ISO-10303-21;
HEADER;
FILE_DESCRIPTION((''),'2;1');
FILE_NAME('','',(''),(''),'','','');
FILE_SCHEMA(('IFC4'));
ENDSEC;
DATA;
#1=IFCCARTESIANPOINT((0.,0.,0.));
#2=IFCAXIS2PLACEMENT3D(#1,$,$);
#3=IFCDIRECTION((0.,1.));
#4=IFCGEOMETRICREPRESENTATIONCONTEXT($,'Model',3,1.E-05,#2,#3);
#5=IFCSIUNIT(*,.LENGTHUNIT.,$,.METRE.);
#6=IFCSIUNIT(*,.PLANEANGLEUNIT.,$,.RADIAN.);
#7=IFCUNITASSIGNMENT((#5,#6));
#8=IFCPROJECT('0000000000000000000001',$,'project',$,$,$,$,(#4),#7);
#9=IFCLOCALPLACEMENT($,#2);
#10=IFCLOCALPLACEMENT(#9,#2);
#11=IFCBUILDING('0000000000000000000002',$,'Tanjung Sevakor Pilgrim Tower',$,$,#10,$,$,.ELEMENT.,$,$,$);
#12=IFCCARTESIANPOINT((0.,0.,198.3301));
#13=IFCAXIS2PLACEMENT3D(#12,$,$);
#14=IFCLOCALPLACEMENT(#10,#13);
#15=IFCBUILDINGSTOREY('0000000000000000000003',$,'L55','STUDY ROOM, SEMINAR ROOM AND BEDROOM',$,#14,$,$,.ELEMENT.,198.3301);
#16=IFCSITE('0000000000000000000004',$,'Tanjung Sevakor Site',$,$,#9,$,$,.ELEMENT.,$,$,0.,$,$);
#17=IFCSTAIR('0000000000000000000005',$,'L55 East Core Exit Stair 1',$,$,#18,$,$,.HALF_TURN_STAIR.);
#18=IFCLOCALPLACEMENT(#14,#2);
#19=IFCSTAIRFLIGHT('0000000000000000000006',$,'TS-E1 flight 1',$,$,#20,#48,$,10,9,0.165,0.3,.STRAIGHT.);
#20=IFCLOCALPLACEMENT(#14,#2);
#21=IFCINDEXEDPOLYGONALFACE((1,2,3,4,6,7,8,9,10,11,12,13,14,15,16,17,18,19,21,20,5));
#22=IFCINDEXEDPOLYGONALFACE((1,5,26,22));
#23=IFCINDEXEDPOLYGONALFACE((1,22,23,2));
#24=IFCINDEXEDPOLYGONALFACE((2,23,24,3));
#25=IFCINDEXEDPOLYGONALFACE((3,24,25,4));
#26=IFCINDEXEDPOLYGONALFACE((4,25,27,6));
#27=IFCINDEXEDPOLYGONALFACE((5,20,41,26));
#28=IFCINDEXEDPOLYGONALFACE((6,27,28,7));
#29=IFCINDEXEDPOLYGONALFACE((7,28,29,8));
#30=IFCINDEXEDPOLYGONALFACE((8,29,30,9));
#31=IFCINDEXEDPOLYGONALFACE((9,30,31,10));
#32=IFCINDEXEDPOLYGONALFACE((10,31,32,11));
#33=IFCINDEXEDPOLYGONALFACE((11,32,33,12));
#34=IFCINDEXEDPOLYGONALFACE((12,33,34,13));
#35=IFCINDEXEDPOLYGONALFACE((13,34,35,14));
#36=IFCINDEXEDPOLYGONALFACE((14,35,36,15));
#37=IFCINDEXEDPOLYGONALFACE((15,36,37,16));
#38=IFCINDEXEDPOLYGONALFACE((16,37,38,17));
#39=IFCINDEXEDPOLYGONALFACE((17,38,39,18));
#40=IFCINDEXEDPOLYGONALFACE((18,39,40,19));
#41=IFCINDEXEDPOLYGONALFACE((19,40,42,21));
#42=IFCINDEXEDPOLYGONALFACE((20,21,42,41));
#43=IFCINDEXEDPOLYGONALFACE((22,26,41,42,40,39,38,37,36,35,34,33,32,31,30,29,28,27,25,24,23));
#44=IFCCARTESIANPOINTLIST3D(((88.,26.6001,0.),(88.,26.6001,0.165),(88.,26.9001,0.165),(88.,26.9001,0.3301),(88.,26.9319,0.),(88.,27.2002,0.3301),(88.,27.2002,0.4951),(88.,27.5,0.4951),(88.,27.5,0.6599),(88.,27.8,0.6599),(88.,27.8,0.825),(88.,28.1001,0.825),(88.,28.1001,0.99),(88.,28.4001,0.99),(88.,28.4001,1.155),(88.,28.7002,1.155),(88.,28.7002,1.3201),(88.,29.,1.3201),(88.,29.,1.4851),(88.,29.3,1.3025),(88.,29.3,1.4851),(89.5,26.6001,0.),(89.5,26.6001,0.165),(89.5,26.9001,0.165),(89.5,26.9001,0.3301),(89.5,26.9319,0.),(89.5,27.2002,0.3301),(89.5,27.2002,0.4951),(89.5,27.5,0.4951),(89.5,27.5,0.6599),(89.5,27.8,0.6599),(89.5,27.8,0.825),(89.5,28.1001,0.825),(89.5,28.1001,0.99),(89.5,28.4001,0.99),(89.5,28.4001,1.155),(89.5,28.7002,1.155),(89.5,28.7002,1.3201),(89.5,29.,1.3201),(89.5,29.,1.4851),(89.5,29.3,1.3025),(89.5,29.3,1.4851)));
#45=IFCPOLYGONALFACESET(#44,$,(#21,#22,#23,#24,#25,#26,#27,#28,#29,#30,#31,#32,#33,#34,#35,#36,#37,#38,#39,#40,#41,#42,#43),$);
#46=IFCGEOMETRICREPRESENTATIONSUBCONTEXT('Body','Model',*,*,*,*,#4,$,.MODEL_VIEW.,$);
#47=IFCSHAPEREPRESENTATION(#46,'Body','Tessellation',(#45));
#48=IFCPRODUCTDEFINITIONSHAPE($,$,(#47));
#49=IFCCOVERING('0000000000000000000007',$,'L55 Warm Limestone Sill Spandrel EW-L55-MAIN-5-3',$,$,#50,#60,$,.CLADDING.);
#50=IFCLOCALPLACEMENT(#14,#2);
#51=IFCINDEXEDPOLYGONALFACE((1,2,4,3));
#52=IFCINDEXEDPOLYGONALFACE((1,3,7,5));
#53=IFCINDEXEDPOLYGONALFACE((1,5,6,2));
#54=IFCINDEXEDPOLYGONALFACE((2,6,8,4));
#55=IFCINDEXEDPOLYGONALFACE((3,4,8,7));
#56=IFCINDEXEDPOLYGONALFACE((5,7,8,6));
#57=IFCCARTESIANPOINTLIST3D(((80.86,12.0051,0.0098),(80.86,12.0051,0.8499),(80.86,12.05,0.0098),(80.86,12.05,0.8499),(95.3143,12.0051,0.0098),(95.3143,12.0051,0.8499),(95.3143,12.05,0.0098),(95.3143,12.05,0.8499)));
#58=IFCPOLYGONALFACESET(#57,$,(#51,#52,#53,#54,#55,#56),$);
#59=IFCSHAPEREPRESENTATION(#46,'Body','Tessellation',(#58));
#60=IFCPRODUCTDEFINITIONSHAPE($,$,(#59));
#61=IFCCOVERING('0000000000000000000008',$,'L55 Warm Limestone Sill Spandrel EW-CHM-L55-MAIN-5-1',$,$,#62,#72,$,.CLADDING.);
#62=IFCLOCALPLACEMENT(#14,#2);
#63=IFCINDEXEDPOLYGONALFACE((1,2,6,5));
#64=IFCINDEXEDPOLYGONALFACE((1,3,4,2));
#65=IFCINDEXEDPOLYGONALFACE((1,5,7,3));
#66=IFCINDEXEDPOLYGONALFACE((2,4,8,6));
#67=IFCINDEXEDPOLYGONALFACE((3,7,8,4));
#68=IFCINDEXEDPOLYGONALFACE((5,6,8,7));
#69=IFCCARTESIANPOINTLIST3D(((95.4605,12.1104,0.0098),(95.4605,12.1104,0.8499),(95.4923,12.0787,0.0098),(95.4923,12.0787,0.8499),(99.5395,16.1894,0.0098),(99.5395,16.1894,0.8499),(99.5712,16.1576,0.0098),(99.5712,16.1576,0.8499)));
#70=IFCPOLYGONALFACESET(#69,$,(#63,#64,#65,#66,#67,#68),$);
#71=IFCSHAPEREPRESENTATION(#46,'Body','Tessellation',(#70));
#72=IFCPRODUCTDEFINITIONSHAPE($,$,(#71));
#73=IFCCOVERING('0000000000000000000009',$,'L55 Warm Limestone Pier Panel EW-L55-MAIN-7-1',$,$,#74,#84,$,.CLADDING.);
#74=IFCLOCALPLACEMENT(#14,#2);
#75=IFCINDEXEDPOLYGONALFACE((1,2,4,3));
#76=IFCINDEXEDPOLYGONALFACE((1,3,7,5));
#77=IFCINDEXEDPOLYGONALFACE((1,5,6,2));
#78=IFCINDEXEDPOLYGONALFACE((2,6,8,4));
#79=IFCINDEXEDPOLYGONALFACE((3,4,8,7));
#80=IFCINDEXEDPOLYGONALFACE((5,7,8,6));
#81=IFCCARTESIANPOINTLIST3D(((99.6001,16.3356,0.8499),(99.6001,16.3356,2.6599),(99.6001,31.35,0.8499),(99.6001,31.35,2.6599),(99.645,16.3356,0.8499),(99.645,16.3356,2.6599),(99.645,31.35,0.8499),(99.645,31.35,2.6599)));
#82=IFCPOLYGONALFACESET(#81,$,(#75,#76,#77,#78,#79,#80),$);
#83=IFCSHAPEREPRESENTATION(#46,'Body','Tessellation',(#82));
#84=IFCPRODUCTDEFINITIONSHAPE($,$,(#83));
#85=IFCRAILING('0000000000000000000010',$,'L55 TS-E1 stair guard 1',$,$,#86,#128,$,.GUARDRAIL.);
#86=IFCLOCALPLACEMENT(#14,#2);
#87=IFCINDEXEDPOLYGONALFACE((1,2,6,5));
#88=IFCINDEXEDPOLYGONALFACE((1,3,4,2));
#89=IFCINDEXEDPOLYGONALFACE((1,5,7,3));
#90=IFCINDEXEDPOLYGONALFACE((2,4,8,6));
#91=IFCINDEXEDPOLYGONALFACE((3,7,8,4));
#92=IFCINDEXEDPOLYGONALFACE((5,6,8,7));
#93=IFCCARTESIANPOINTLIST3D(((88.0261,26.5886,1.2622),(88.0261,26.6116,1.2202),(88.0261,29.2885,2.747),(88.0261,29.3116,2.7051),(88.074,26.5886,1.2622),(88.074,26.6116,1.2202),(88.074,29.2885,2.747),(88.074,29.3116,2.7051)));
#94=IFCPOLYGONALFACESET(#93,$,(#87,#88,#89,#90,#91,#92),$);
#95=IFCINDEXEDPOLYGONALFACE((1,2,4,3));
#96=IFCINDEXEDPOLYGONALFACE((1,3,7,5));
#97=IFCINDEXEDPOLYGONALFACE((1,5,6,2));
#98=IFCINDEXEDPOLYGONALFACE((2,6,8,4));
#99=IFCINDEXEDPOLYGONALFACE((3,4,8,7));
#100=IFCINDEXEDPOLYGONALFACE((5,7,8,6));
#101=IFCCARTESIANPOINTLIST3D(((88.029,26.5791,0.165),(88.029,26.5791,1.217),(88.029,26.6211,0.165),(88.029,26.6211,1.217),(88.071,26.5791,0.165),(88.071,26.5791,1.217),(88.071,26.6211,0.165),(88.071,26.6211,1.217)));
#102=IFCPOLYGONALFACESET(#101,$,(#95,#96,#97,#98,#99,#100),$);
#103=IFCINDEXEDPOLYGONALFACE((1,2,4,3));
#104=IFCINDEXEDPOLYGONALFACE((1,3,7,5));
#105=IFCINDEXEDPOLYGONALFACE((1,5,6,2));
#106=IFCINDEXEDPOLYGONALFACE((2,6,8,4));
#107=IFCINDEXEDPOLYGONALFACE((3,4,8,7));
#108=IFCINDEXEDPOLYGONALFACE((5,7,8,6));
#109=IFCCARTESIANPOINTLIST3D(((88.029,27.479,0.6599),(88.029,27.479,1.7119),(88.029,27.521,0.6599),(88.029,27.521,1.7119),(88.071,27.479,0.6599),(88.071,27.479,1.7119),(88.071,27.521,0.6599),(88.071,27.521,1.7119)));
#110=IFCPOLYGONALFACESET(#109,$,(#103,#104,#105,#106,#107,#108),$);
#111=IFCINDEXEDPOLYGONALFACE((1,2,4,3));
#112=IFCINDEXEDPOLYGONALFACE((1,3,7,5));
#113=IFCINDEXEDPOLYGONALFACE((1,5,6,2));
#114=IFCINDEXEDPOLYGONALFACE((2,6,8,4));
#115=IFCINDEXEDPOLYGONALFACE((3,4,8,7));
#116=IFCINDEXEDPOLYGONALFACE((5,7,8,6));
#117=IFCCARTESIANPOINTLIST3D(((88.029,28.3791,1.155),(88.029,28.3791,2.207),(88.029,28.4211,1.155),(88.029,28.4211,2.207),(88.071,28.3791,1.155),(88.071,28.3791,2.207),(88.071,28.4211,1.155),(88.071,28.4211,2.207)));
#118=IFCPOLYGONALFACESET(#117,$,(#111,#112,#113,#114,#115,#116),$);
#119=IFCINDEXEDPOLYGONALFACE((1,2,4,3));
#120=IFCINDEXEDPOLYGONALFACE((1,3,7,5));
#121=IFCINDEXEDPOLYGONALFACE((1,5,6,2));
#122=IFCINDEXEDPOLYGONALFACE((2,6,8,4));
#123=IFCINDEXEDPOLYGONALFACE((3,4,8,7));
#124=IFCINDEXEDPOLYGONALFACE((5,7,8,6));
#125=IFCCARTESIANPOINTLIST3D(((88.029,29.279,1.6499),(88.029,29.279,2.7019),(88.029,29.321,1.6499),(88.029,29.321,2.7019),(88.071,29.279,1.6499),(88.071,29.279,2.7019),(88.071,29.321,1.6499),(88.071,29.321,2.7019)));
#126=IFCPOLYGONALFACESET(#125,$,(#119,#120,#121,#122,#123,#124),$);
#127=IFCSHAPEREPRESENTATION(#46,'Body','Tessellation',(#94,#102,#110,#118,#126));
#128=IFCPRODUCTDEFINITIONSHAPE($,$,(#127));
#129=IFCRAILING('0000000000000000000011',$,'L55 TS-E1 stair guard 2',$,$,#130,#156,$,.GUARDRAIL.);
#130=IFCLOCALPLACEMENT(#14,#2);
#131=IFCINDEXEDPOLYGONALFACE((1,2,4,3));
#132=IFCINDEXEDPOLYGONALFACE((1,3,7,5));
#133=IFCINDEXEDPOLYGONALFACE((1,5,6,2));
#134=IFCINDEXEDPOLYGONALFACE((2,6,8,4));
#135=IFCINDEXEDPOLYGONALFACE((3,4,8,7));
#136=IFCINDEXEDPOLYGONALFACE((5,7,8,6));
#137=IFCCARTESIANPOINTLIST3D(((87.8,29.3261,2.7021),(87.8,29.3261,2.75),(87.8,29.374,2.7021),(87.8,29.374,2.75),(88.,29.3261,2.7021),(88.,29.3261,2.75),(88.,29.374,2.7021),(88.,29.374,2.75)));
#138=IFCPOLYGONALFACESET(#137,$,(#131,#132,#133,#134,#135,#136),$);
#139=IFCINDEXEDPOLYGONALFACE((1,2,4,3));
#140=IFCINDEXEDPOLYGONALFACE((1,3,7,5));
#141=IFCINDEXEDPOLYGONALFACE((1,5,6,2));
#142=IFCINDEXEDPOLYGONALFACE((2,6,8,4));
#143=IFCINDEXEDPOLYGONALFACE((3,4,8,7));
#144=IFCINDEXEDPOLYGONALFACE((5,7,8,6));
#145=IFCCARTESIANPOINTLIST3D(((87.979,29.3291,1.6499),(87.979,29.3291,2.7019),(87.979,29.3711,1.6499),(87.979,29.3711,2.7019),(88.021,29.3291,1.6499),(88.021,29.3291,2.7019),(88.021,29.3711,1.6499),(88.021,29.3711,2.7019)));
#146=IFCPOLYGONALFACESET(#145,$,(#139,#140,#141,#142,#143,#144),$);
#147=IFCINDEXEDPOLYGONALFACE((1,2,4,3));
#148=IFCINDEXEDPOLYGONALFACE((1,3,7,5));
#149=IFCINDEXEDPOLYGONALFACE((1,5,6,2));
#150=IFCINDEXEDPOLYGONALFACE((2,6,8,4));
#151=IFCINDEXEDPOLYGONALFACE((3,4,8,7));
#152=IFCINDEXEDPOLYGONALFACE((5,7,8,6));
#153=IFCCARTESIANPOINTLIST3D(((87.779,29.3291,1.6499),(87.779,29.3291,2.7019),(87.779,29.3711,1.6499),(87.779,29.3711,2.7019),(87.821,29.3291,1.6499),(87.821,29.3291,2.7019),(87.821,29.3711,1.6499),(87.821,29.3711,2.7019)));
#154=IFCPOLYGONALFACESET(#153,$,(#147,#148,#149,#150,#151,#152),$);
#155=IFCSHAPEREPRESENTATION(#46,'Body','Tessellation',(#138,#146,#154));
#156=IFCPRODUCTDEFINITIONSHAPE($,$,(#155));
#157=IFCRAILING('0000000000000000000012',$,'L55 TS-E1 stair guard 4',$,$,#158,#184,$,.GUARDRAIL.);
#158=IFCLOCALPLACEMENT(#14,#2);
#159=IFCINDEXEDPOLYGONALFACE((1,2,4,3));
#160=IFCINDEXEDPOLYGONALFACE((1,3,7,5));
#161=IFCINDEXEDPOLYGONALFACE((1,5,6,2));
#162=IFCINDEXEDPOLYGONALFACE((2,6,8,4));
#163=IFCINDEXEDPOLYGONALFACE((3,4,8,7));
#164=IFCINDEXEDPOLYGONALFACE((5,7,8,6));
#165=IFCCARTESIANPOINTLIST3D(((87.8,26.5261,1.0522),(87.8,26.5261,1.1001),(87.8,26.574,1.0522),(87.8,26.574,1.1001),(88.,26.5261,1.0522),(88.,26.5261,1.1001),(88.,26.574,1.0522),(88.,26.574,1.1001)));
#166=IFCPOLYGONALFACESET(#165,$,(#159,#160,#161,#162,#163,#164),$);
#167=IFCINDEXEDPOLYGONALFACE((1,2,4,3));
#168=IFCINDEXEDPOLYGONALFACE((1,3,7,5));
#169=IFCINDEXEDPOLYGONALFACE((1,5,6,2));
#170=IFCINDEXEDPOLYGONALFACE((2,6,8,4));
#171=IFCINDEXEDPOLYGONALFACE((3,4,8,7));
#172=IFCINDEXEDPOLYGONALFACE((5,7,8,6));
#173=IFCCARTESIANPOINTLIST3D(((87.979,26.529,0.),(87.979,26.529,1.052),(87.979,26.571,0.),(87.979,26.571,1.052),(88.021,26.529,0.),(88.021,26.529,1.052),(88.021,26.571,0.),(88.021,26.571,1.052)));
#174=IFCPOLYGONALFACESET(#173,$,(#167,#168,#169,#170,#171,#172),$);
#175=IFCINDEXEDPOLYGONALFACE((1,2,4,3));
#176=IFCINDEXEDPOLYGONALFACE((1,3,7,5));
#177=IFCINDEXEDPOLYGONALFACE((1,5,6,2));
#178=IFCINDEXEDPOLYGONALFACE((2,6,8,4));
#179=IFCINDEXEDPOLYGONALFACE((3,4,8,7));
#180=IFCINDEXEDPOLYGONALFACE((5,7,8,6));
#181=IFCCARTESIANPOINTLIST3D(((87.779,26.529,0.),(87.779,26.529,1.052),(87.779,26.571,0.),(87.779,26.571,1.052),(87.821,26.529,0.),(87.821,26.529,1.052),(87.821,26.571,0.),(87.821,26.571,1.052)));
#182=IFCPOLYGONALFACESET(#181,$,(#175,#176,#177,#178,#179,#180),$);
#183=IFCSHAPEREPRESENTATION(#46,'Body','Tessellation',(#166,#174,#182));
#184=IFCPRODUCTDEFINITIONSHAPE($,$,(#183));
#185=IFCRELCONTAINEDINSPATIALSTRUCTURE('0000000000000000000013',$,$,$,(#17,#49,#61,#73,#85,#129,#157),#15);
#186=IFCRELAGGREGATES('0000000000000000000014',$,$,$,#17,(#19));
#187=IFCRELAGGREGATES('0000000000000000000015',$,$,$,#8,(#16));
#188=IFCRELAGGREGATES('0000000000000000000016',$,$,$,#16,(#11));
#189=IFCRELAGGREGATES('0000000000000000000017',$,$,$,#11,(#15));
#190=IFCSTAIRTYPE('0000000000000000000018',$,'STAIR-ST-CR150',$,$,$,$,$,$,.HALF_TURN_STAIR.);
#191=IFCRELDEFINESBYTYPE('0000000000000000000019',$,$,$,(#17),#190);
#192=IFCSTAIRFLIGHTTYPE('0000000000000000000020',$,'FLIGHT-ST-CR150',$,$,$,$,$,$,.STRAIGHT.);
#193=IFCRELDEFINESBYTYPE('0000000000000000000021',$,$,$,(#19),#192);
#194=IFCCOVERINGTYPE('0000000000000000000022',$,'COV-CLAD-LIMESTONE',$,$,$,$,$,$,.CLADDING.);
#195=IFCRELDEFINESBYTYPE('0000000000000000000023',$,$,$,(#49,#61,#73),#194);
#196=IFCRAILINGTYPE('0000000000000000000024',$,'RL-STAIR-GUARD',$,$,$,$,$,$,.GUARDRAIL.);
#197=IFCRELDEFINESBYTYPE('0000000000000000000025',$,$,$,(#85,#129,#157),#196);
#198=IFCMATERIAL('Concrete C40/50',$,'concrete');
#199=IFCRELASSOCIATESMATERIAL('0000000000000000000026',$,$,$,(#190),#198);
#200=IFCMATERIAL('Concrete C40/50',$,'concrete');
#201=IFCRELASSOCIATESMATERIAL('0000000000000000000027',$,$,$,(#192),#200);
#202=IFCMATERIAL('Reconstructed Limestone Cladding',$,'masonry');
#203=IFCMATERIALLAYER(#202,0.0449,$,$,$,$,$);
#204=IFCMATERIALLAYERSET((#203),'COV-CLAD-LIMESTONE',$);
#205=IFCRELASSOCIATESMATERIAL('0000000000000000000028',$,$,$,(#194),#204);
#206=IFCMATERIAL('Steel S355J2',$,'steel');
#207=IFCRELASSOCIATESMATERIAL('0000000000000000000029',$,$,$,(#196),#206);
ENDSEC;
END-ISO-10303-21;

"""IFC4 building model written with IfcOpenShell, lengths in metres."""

from ifc_helpers import new_model, si_unit, direction, frame, origin, origin_2d, place, context, subcontext, project, spatial, polyline, rectangle, outline, extrude, material, layer, layer_set, type_object, element, aggregate, save


model = new_model("IFC4")

# Units and contexts
model_context = context("Model", 3, precision=1e-05, world=origin(), true_north=direction((0.0, 1.0)))
body_context = subcontext(model_context, "Body", "Model", "MODEL_VIEW")
ifc_project = project(units=[si_unit("LENGTHUNIT", "METRE"), si_unit("PLANEANGLEUNIT", "RADIAN")], contexts=[model_context])

# Site, building, storey
site_placement = place(None, origin())
site = spatial("IfcSite", under=ifc_project, at=site_placement, Name="Tanjung Sevakor Site", CompositionType="ELEMENT", RefElevation=0.0)
building_placement = place(site_placement, origin())
building = spatial("IfcBuilding", under=site, at=building_placement, Name="Tanjung Sevakor Pilgrim Tower", CompositionType="ELEMENT")
storey_placement = place(building_placement, frame((0.0, 0.0, 198.3301)))
storey = spatial("IfcBuildingStorey", under=building, at=storey_placement, Name="L55", Description="STUDY ROOM, SEMINAR ROOM AND BEDROOM", CompositionType="ELEMENT", Elevation=198.3301)

# Stair, stair flight
ifc_material_1 = material(Name="Concrete C40/50", Category="concrete")
stair_type = type_object("IfcStairType", Name="STAIR-ST-CR150", PredefinedType="HALF_TURN_STAIR", material=ifc_material_1)
stair_placement = place(storey_placement, origin())
stair = element("IfcStair", 1, at=stair_placement, inside=storey, type_object=stair_type, Name="L55 East Core Exit Stair 1", PredefinedType="HALF_TURN_STAIR")
ifc_material_2 = material(Name="Concrete C40/50", Category="concrete")
stair_flight_type = type_object("IfcStairFlightType", Name="FLIGHT-ST-CR150", PredefinedType="STRAIGHT", material=ifc_material_2)
stair_flight_placement = place(storey_placement, frame((88.75, 26.6001, 0.0), z_axis=(0.0, 0.0, 1.0), x_axis=(0.0, 1.0, 0.0)))
stair_flight = element("IfcStairFlight", 2, at=stair_flight_placement, type_object=stair_flight_type, Name="TS-E1 flight 1", NumberOfRisers=10, NumberOfTreads=9, PredefinedType="STRAIGHT", RiserHeight=0.165, TreadLength=0.3, context=body_context, shape_type="SweptSolid", body=[
    extrude(outline(polyline([(0.0, 0.0), (0.0, 0.165), (0.3, 0.165), (0.3, 0.3301), (0.6001, 0.3301), (0.6001, 0.4951), (0.8999, 0.4951), (0.8999, 0.6599), (1.2, 0.6599), (1.2, 0.825), (1.5, 0.825), (1.5, 0.99), (1.8, 0.99), (1.8, 1.155), (2.1001, 1.155), (2.1001, 1.3201), (2.3999, 1.3201), (2.3999, 1.4851), (2.7, 1.4851), (2.7, 1.6499), (2.7, 1.3025), (0.3318, 0.0), (0.0, 0.0)])), frame((0.0, 0.75, 0.0), z_axis=(0.0, -1.0, 0.0), x_axis=(1.0, 0.0, 0.0)), (0.0, 0.0, 1.0), 1.5),
])
aggregate(stair, [stair_flight])

# Coverings
ifc_material_3 = material(Name="Reconstructed Limestone Cladding", Category="masonry")
ifc_layer_1 = layer(ifc_material_3, 0.0449)
ifc_layer_set_1 = layer_set([ifc_layer_1], Name="COV-CLAD-LIMESTONE")
covering_type = type_object("IfcCoveringType", Name="COV-CLAD-LIMESTONE", PredefinedType="CLADDING", material=ifc_layer_set_1)
covering_1_placement = place(storey_placement, frame((88.0872, 12.0276, 0.0098), z_axis=(0.0, 0.0, 1.0), x_axis=(1.0, 0.0, 0.0)))
element("IfcCovering", 3, at=covering_1_placement, inside=storey, type_object=covering_type, Name="L55 Warm Limestone Sill Spandrel EW-L55-MAIN-5-3", PredefinedType="CLADDING", context=body_context, shape_type="SweptSolid", body=[
    extrude(rectangle(XDim=14.4543, YDim=0.0449, at=origin_2d()), origin(), (0.0, 0.0, 1.0), 0.8401),
])
covering_2_placement = place(storey_placement, frame((97.5159, 14.134, 0.0098), z_axis=(0.0, 0.0, 1.0), x_axis=(0.707107, 0.707107, 0.0)))
element("IfcCovering", 4, at=covering_2_placement, inside=storey, type_object=covering_type, Name="L55 Warm Limestone Sill Spandrel EW-CHM-L55-MAIN-5-1", PredefinedType="CLADDING", context=body_context, shape_type="SweptSolid", body=[
    extrude(rectangle(XDim=5.7686, YDim=0.0449, at=origin_2d()), origin(), (0.0, 0.0, 1.0), 0.8401),
])
covering_3_placement = place(storey_placement, frame((99.6226, 23.8428, 0.8499), z_axis=(0.0, 0.0, 1.0), x_axis=(0.0, 1.0, 0.0)))
element("IfcCovering", 5, at=covering_3_placement, inside=storey, type_object=covering_type, Name="L55 Warm Limestone Pier Panel EW-L55-MAIN-7-1", PredefinedType="CLADDING", context=body_context, shape_type="SweptSolid", body=[
    extrude(rectangle(XDim=15.0144, YDim=0.0449, at=origin_2d()), origin(), (0.0, 0.0, 1.0), 1.8101),
])

# Railings
ifc_material_4 = material(Name="Steel S355J2", Category="steel")
railing_type_1 = type_object("IfcRailingType", Name="RL-STAIR-GUARD", PredefinedType="GUARDRAIL", material=ifc_material_4)
railing_1_placement = place(storey_placement, frame((88.05, 26.6001, 0.165)))
element("IfcRailing", 6, at=railing_1_placement, inside=storey, type_object=railing_type_1, Name="L55 TS-E1 stair guard 1", PredefinedType="GUARDRAIL", context=body_context, shape_type="SweptSolid", body=[
    extrude(rectangle(XDim=0.0479, YDim=0.0479), frame((0.0, 0.0, 1.0762), z_axis=(0.0, 0.876231, 0.481891), x_axis=(-1.0, 0.0, 0.0)), (0.0, 0.0, 1.0), 3.0813),
    extrude(rectangle(XDim=0.042, YDim=0.042), origin(), (0.0, 0.0, 1.0), 1.052),
    extrude(rectangle(XDim=0.042, YDim=0.042), frame((0.0, 0.8999, 0.4949)), (0.0, 0.0, 1.0), 1.052),
    extrude(rectangle(XDim=0.042, YDim=0.042), frame((0.0, 1.8, 0.99)), (0.0, 0.0, 1.0), 1.052),
    extrude(rectangle(XDim=0.042, YDim=0.042), frame((0.0, 2.7, 1.4849)), (0.0, 0.0, 1.0), 1.052),
])
for number, where, name in (
    (7, (88.0, 29.3501, 1.6499), "L55 TS-E1 stair guard 2"),
    (8, (88.0, 26.55, 0.0), "L55 TS-E1 stair guard 4"),
):
    element("IfcRailing", number, at=place(storey_placement, frame(where)), inside=storey, type_object=railing_type_1, Name=name, PredefinedType="GUARDRAIL", context=body_context, shape_type="SweptSolid", body=[
        extrude(rectangle(XDim=0.0479, YDim=0.0479), frame((0.0, 0.0, 1.0762), z_axis=(-1.0, 0.0, 0.0), x_axis=(0.0, -1.0, 0.0)), (0.0, 0.0, 1.0), 0.2),
        extrude(rectangle(XDim=0.042, YDim=0.042), origin(), (0.0, 0.0, 1.0), 1.052),
        extrude(rectangle(XDim=0.042, YDim=0.042), frame((-0.2, 0.0, 0.0)), (0.0, 0.0, 1.0), 1.052),
    ])

save(model, "model.ifc")
